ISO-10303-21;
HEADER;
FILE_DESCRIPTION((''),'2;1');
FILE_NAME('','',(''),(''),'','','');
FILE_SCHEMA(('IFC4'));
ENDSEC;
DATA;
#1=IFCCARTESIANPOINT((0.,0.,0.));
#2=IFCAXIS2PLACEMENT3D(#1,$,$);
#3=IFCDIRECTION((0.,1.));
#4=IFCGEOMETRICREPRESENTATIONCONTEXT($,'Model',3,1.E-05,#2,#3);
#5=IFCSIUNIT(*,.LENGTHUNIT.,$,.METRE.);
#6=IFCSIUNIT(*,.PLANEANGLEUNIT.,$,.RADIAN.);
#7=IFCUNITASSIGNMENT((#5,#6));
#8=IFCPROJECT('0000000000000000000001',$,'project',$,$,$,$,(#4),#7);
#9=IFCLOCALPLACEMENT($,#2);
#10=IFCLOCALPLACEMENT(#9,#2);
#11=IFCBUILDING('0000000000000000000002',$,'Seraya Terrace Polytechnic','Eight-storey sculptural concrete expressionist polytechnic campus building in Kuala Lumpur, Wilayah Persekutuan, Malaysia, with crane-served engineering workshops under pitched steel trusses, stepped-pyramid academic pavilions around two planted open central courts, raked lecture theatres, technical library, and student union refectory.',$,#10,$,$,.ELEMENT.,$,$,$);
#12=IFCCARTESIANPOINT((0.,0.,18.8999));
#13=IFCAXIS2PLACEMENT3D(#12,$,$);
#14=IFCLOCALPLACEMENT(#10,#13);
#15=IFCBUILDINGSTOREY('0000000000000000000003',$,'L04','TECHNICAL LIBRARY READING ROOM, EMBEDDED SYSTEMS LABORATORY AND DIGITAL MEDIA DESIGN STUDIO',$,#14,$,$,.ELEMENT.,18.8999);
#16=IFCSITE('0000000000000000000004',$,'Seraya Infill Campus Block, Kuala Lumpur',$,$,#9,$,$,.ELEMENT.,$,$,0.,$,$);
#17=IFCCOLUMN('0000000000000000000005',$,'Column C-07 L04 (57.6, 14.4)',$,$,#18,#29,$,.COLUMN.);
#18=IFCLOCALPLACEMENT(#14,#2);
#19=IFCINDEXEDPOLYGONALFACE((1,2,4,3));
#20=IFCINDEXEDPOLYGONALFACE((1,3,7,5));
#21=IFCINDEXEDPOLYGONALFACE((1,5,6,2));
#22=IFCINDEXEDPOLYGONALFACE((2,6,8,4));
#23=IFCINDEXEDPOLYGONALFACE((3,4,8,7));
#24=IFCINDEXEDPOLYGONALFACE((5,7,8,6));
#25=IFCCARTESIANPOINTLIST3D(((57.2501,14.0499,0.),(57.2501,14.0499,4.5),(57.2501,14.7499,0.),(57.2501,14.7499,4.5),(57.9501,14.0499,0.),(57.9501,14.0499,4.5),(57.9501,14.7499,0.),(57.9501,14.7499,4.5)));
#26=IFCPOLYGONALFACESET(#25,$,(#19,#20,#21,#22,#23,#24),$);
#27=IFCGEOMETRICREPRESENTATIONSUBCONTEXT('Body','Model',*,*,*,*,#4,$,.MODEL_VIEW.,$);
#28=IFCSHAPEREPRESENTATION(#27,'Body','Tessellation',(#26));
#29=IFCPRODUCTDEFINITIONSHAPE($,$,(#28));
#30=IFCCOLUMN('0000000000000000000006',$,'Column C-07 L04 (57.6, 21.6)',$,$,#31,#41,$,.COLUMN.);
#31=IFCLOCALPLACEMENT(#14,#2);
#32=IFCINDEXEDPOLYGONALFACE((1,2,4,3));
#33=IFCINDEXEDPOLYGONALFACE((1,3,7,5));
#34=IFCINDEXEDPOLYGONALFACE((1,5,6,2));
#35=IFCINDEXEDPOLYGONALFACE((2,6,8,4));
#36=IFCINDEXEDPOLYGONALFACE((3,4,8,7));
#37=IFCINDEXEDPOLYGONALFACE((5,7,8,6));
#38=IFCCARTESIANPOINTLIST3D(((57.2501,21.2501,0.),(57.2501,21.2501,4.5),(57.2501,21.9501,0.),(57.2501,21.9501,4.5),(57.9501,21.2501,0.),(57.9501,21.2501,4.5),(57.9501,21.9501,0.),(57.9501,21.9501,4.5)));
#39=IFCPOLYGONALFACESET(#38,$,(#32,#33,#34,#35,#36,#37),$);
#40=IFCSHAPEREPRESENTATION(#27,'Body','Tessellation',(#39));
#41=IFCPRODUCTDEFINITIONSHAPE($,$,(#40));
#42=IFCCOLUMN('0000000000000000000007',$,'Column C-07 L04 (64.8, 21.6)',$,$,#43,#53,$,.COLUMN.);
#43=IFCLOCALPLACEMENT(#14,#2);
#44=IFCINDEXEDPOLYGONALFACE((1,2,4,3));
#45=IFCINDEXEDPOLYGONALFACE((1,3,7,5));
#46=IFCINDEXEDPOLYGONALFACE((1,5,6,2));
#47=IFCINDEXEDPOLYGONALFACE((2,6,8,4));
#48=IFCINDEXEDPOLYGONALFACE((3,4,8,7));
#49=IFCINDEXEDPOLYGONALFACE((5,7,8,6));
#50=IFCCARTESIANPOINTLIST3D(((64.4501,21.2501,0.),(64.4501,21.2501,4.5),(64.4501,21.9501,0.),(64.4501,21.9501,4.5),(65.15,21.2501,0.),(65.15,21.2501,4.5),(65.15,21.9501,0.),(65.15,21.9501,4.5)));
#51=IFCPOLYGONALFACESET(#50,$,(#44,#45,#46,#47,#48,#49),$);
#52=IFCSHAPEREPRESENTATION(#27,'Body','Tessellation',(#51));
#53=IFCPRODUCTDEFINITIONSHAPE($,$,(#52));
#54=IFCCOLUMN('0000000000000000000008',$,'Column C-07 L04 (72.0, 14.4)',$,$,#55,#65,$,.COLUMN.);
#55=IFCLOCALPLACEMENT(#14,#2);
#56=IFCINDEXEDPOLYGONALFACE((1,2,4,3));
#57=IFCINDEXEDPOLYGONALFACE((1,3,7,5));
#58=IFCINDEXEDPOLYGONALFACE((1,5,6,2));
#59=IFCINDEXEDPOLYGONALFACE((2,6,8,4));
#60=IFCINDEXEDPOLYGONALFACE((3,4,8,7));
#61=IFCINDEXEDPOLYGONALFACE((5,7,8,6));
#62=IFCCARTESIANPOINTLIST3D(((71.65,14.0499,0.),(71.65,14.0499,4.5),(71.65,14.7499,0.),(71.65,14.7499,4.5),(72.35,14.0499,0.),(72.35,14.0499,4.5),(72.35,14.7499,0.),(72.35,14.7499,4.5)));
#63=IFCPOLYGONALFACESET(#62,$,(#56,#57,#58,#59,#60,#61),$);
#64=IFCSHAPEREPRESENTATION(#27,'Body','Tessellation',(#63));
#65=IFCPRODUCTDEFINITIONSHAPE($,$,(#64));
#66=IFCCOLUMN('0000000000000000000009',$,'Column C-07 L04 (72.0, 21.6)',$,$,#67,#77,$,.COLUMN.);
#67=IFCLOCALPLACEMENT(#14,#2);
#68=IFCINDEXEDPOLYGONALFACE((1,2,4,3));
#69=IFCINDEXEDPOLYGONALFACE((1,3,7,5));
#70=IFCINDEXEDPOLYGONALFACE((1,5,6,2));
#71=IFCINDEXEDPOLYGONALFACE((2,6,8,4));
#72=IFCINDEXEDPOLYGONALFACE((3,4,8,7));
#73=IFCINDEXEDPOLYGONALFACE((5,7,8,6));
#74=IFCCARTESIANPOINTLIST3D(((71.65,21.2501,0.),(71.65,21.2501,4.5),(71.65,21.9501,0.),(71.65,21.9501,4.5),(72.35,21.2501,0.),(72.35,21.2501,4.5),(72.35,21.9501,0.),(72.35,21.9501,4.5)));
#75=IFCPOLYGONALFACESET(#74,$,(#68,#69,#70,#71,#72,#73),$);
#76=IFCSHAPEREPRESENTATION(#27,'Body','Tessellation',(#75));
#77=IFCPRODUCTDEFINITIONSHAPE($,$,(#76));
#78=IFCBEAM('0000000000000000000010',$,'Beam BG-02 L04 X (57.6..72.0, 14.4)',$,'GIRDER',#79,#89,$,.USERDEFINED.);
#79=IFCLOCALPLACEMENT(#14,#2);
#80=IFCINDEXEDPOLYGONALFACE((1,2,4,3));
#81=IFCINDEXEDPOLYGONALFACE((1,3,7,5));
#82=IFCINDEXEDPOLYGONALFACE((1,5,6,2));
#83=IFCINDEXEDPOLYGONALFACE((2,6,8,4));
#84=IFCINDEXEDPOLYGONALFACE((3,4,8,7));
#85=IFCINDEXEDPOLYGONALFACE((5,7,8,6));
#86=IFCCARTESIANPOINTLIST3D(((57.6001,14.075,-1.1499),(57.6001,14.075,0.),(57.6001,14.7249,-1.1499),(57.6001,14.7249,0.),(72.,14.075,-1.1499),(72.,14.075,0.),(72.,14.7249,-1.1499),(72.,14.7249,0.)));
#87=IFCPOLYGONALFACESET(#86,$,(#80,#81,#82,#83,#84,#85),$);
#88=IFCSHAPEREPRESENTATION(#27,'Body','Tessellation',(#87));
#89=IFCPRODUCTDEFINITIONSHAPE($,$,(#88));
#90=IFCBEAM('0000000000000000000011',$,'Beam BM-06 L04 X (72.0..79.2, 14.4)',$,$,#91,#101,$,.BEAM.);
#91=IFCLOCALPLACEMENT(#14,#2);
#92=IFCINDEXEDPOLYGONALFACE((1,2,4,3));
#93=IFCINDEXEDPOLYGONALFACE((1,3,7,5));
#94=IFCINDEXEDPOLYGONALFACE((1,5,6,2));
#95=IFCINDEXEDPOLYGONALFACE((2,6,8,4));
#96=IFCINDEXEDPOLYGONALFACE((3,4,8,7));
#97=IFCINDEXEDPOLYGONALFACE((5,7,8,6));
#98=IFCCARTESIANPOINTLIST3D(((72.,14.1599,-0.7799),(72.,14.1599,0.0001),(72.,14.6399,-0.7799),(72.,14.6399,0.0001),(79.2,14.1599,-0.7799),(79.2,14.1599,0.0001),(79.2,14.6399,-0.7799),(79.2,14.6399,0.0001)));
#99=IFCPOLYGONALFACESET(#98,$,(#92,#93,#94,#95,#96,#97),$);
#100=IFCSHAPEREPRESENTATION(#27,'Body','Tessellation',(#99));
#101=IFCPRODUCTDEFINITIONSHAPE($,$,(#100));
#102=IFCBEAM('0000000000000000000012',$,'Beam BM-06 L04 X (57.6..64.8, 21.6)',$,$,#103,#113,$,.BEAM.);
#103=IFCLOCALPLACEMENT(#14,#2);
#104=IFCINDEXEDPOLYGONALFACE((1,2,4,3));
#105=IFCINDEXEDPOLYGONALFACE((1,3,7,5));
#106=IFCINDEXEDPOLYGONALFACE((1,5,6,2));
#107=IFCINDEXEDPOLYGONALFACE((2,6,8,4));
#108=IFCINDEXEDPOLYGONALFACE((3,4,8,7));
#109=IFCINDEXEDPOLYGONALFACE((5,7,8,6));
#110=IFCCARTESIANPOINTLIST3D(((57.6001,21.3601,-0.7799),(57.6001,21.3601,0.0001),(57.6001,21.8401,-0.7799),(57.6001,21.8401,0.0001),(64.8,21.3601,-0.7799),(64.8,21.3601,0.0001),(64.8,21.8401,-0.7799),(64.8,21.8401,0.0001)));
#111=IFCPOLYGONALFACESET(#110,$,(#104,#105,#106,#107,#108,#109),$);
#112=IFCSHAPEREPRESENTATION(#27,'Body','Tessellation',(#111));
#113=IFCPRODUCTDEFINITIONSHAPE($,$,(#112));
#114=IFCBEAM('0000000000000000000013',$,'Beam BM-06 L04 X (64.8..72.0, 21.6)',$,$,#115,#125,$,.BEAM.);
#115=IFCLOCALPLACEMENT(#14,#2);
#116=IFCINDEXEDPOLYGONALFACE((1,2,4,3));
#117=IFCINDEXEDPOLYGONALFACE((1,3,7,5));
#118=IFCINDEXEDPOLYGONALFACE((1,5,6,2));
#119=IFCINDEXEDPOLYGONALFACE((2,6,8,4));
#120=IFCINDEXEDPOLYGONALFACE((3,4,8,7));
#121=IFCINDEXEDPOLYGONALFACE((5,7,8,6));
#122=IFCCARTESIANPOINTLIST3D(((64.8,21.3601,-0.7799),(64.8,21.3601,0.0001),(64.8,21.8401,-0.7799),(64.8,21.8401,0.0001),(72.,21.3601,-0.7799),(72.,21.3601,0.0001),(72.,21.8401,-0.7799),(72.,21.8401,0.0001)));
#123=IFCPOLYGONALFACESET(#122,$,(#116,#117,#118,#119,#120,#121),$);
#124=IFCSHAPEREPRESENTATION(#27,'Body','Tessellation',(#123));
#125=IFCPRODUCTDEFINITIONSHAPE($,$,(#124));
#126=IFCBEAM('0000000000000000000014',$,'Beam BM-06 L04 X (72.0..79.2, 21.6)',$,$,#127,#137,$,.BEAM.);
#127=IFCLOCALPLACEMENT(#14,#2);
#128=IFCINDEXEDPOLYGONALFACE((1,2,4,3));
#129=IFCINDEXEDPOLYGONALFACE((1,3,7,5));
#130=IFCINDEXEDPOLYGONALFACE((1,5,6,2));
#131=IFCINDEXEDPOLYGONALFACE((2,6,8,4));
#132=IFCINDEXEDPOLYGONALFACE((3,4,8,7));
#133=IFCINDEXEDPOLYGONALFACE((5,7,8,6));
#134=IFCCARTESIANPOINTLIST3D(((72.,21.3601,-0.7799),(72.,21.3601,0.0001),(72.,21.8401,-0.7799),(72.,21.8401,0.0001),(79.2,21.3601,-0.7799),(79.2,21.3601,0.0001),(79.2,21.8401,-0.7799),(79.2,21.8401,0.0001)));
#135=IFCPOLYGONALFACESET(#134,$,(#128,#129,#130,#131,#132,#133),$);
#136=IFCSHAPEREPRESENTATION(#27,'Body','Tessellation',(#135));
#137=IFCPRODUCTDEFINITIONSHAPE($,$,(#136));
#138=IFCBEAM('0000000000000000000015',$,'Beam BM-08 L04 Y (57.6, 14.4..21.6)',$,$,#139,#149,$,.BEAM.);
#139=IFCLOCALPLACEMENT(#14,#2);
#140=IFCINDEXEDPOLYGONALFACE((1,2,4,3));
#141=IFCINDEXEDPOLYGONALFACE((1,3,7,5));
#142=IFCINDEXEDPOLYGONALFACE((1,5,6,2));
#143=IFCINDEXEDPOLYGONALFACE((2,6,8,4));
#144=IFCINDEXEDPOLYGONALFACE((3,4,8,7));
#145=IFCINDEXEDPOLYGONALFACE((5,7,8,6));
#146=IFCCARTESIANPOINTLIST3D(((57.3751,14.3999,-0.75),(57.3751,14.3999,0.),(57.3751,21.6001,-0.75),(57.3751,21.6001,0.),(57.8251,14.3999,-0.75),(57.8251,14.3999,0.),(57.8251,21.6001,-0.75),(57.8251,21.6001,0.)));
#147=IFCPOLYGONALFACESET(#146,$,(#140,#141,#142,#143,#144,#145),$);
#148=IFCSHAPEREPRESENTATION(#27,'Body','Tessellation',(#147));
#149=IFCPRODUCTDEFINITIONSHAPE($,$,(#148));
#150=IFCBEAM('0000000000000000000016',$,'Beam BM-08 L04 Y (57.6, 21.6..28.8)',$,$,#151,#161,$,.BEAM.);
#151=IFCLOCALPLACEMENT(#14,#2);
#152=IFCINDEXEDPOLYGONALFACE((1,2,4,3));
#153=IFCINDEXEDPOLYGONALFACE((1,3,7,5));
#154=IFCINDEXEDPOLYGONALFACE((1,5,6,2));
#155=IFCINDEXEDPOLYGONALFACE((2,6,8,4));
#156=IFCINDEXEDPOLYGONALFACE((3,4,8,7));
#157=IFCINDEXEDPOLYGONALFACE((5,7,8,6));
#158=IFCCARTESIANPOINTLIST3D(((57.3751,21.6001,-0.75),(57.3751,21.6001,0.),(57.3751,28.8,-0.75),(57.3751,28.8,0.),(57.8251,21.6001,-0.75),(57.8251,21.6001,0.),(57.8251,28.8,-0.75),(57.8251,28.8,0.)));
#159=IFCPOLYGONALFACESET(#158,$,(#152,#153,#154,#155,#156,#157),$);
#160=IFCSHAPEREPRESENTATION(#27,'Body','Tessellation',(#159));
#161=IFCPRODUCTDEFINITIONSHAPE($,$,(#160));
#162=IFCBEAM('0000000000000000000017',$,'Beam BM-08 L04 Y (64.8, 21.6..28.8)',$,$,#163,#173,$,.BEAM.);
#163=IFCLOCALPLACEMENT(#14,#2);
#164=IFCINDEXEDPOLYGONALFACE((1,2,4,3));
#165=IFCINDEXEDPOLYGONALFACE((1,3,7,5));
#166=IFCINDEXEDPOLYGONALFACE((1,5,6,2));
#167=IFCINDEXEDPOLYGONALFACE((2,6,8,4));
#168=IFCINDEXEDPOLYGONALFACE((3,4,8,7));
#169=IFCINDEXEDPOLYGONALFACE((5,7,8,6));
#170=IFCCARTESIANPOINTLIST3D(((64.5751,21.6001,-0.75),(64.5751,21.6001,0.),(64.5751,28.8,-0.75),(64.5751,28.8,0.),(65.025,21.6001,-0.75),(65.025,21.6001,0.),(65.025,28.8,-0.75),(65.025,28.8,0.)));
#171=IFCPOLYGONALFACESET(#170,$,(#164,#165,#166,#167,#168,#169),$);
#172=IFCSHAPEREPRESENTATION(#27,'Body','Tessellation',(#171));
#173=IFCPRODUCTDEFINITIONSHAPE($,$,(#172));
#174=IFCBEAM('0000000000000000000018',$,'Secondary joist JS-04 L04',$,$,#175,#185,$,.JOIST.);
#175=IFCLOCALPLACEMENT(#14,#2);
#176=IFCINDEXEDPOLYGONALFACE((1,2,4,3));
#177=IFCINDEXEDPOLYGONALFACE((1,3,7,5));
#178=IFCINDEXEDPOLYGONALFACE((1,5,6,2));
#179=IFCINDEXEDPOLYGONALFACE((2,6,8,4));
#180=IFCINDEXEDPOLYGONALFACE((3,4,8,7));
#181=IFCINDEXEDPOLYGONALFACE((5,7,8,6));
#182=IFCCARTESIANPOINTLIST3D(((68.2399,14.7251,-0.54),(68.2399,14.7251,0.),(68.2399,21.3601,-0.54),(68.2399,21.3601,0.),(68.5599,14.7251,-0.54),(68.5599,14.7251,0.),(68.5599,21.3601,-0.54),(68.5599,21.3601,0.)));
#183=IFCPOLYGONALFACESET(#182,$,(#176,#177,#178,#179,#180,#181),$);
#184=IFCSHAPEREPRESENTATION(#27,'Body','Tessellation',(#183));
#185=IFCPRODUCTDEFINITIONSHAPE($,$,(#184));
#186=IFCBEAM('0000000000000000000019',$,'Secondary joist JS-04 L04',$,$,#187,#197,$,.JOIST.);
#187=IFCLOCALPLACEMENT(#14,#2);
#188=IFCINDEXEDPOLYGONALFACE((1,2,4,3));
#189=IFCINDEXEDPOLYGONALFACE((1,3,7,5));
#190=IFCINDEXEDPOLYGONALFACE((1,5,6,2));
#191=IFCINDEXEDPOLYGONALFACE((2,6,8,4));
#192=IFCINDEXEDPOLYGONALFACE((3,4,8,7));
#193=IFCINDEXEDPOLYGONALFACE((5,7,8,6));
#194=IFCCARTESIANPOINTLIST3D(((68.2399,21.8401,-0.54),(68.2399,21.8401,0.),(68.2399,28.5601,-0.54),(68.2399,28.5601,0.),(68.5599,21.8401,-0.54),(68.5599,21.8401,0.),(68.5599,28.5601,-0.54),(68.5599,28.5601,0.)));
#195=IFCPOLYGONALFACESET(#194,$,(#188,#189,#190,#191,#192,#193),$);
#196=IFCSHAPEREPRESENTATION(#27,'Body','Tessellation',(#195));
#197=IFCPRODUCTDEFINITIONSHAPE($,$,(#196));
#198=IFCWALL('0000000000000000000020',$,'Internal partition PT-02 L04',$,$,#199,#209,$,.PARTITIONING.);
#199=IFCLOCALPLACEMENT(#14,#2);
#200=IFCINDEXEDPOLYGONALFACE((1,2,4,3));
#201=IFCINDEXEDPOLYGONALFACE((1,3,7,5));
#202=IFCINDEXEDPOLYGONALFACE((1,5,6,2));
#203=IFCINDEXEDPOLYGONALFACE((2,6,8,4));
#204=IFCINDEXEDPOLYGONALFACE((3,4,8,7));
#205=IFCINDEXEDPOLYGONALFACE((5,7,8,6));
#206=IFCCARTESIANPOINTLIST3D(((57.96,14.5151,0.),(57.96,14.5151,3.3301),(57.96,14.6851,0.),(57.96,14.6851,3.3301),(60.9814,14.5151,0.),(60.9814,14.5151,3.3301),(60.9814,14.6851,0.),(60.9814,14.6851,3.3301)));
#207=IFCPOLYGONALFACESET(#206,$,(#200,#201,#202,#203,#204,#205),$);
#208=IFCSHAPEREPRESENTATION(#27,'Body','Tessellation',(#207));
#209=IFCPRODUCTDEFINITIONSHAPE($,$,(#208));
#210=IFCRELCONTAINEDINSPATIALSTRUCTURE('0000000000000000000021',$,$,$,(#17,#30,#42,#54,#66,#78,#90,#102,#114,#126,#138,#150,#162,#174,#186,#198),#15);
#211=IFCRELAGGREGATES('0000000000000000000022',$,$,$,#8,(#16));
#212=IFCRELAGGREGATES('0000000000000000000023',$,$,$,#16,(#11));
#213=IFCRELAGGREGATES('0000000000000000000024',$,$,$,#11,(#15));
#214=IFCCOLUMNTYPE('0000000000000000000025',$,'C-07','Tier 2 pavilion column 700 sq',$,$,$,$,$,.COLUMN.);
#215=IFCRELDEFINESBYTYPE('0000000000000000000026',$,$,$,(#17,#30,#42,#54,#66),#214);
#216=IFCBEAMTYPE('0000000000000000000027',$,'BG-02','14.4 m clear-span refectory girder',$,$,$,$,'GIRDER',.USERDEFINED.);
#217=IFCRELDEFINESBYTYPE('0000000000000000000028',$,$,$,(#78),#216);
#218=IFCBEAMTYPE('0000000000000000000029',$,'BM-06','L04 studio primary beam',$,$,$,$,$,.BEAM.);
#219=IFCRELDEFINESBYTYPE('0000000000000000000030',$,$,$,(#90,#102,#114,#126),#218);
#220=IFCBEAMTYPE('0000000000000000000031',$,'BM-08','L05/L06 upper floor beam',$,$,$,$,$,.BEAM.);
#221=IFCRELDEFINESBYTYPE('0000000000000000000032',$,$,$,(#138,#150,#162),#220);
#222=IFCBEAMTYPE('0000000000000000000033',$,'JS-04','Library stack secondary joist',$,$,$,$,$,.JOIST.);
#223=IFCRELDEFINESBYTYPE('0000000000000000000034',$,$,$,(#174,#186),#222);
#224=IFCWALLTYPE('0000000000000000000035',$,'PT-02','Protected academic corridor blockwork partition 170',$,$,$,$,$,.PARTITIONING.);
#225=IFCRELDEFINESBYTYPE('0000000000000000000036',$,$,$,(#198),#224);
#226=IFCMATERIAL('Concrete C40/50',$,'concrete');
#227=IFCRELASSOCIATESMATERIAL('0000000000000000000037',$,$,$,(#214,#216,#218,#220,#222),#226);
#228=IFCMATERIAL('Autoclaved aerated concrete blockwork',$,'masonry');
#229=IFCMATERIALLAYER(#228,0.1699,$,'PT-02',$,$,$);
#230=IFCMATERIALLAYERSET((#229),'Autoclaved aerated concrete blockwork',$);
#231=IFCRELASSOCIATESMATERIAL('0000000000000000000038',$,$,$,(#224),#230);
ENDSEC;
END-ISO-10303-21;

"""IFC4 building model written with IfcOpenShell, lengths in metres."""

from ifc_helpers import new_model, si_unit, direction, frame, frame_2d, origin, origin_2d, place, context, subcontext, project, spatial, rectangle, extrude, material, layer, layer_set, material_profile, profile_set, type_object, element, save


model = new_model("IFC4")

# Units and contexts
model_context = context("Model", 3, precision=1e-05, world=origin(), true_north=direction((0.0, 1.0)))
body_context = subcontext(model_context, "Body", "Model", "MODEL_VIEW")
ifc_project = project(units=[si_unit("LENGTHUNIT", "METRE"), si_unit("PLANEANGLEUNIT", "RADIAN")], contexts=[model_context])

# Site, building, storey
site_placement = place(None, origin())
site = spatial("IfcSite", under=ifc_project, at=site_placement, Name="Seraya Infill Campus Block, Kuala Lumpur", CompositionType="ELEMENT", RefElevation=0.0)
building_placement = place(site_placement, origin())
building = spatial("IfcBuilding", under=site, at=building_placement, Name="Seraya Terrace Polytechnic", Description="Eight-storey sculptural concrete expressionist polytechnic campus building in Kuala Lumpur, Wilayah Persekutuan, Malaysia, with crane-served engineering workshops under pitched steel trusses, stepped-pyramid academic pavilions around two planted open central courts, raked lecture theatres, technical library, and student union refectory.", CompositionType="ELEMENT")
storey_placement = place(building_placement, frame((0.0, 0.0, 18.8999)))
storey = spatial("IfcBuildingStorey", under=building, at=storey_placement, Name="L04", Description="TECHNICAL LIBRARY READING ROOM, EMBEDDED SYSTEMS LABORATORY AND DIGITAL MEDIA DESIGN STUDIO", CompositionType="ELEMENT", Elevation=18.8999)

# Columns
ifc_material_1 = material(Name="Concrete C40/50", Category="concrete")
ifc_material_profile_1 = material_profile(ifc_material_1, rectangle(XDim=0.7, YDim=0.7, at=origin_2d()), Name="RC 700x700")
ifc_profile_set_1 = profile_set([ifc_material_profile_1], Name="Concrete C40/50")
column_type = type_object("IfcColumnType", Name="C-07", Description="Tier 2 pavilion column 700 sq", PredefinedType="COLUMN", material=ifc_profile_set_1)
for number, where, z_axis, x_axis, name in (
    (1, (57.6001, 14.3999, 0.0), (0.0, 0.0, 1.0), (1.0, 0.0, 0.0), "Column C-07 L04 (57.6, 14.4)"),
    (2, (57.6001, 21.6001, 0.0), (0.0, 0.0, 1.0), (1.0, 0.0, 0.0), "Column C-07 L04 (57.6, 21.6)"),
    (3, (64.8, 21.6001, 0.0), (0.0, 0.0, 1.0), (1.0, 0.0, 0.0), "Column C-07 L04 (64.8, 21.6)"),
    (4, (72.0, 14.3999, 0.0), (0.0, 0.0, 1.0), (1.0, 0.0, 0.0), "Column C-07 L04 (72.0, 14.4)"),
    (5, (72.0, 21.6001, 0.0), (0.0, 0.0, 1.0), (1.0, 0.0, 0.0), "Column C-07 L04 (72.0, 21.6)"),
):
    element("IfcColumn", number, at=place(storey_placement, frame(where, z_axis=z_axis, x_axis=x_axis)), inside=storey, type_object=column_type, Name=name, PredefinedType="COLUMN", context=body_context, shape_type="SweptSolid", body=[
        extrude(rectangle(XDim=0.7, YDim=0.7, at=origin_2d()), origin(), (0.0, 0.0, 1.0), 4.5),
    ])

# Beams
ifc_material_profile_2 = material_profile(ifc_material_1, rectangle(XDim=0.6499, YDim=1.1499, at=origin_2d()), Name="RC 650x1150")
ifc_profile_set_2 = profile_set([ifc_material_profile_2], Name="Concrete C40/50")
beam_type_1 = type_object("IfcBeamType", Name="BG-02", Description="14.4 m clear-span refectory girder", ElementType="GIRDER", PredefinedType="USERDEFINED", material=ifc_profile_set_2)
beam_1_placement = place(storey_placement, frame((57.6001, 14.3999, -0.575), z_axis=(1.0, 0.0, 0.0), x_axis=(0.0, 1.0, 0.0)))
element("IfcBeam", 6, at=beam_1_placement, inside=storey, type_object=beam_type_1, Name="Beam BG-02 L04 X (57.6..72.0, 14.4)", ObjectType="GIRDER", PredefinedType="USERDEFINED", context=body_context, shape_type="SweptSolid", body=[
    extrude(rectangle(XDim=0.6499, YDim=1.1499, at=origin_2d()), origin(), (0.0, 0.0, 1.0), 14.3999),
])
ifc_material_profile_3 = material_profile(ifc_material_1, rectangle(XDim=0.48, YDim=0.78, at=origin_2d()), Name="RC 480x780")
ifc_profile_set_3 = profile_set([ifc_material_profile_3], Name="Concrete C40/50")
beam_type_2 = type_object("IfcBeamType", Name="BM-06", Description="L04 studio primary beam", PredefinedType="BEAM", material=ifc_profile_set_3)
for number, where, z_axis, x_axis, name in (
    (7, (72.0, 14.3999, -0.3899), (1.0, 0.0, 0.0), (0.0, 1.0, 0.0), "Beam BM-06 L04 X (72.0..79.2, 14.4)"),
    (8, (57.6001, 21.6001, -0.3899), (1.0, 0.0, 0.0), (0.0, 1.0, 0.0), "Beam BM-06 L04 X (57.6..64.8, 21.6)"),
    (9, (64.8, 21.6001, -0.3899), (1.0, 0.0, 0.0), (0.0, 1.0, 0.0), "Beam BM-06 L04 X (64.8..72.0, 21.6)"),
    (10, (72.0, 21.6001, -0.3899), (1.0, 0.0, 0.0), (0.0, 1.0, 0.0), "Beam BM-06 L04 X (72.0..79.2, 21.6)"),
):
    element("IfcBeam", number, at=place(storey_placement, frame(where, z_axis=z_axis, x_axis=x_axis)), inside=storey, type_object=beam_type_2, Name=name, PredefinedType="BEAM", context=body_context, shape_type="SweptSolid", body=[
        extrude(rectangle(XDim=0.48, YDim=0.78, at=origin_2d()), origin(), (0.0, 0.0, 1.0), 7.2),
    ])
ifc_material_profile_4 = material_profile(ifc_material_1, rectangle(XDim=0.45, YDim=0.75, at=origin_2d()), Name="RC 450x750")
ifc_profile_set_4 = profile_set([ifc_material_profile_4], Name="Concrete C40/50")
beam_type_3 = type_object("IfcBeamType", Name="BM-08", Description="L05/L06 upper floor beam", PredefinedType="BEAM", material=ifc_profile_set_4)
beam_2_placement = place(storey_placement, frame((57.6001, 14.3999, -0.375), z_axis=(0.0, 1.0, 0.0), x_axis=(-1.0, 0.0, 0.0)))
element("IfcBeam", 11, at=beam_2_placement, inside=storey, type_object=beam_type_3, Name="Beam BM-08 L04 Y (57.6, 14.4..21.6)", PredefinedType="BEAM", context=body_context, shape_type="SweptSolid", body=[
    extrude(rectangle(XDim=0.45, YDim=0.75, at=origin_2d()), origin(), (0.0, 0.0, 1.0), 7.2002),
])
for number, where, z_axis, x_axis, name in (
    (12, (57.6001, 21.6001, -0.375), (0.0, 1.0, 0.0), (-1.0, 0.0, 0.0), "Beam BM-08 L04 Y (57.6, 21.6..28.8)"),
    (13, (64.8, 21.6001, -0.375), (0.0, 1.0, 0.0), (-1.0, 0.0, 0.0), "Beam BM-08 L04 Y (64.8, 21.6..28.8)"),
):
    element("IfcBeam", number, at=place(storey_placement, frame(where, z_axis=z_axis, x_axis=x_axis)), inside=storey, type_object=beam_type_3, Name=name, PredefinedType="BEAM", context=body_context, shape_type="SweptSolid", body=[
        extrude(rectangle(XDim=0.45, YDim=0.75, at=origin_2d()), origin(), (0.0, 0.0, 1.0), 7.2),
    ])
ifc_material_profile_5 = material_profile(ifc_material_1, rectangle(XDim=0.3201, YDim=0.54, at=origin_2d()), Name="RC 320x540")
ifc_profile_set_5 = profile_set([ifc_material_profile_5], Name="Concrete C40/50")
beam_type_4 = type_object("IfcBeamType", Name="JS-04", Description="Library stack secondary joist", PredefinedType="JOIST", material=ifc_profile_set_5)
beam_3_placement = place(storey_placement, frame((68.3999, 14.7251, -0.27), z_axis=(0.0, 1.0, 0.0), x_axis=(-1.0, 0.0, 0.0)))
element("IfcBeam", 14, at=beam_3_placement, inside=storey, type_object=beam_type_4, Name="Secondary joist JS-04 L04", PredefinedType="JOIST", context=body_context, shape_type="SweptSolid", body=[
    extrude(rectangle(XDim=0.3201, YDim=0.54, at=origin_2d()), origin(), (0.0, 0.0, 1.0), 6.635),
])
beam_4_placement = place(storey_placement, frame((68.3999, 21.8401, -0.27), z_axis=(0.0, 1.0, 0.0), x_axis=(-1.0, 0.0, 0.0)))
element("IfcBeam", 15, at=beam_4_placement, inside=storey, type_object=beam_type_4, Name="Secondary joist JS-04 L04", PredefinedType="JOIST", context=body_context, shape_type="SweptSolid", body=[
    extrude(rectangle(XDim=0.3201, YDim=0.54, at=origin_2d()), origin(), (0.0, 0.0, 1.0), 6.72),
])

# Wall
ifc_material_2 = material(Name="Autoclaved aerated concrete blockwork", Category="masonry")
ifc_layer_1 = layer(ifc_material_2, 0.1699, Name="PT-02")
ifc_layer_set_1 = layer_set([ifc_layer_1], Name="Autoclaved aerated concrete blockwork")
wall_type_1 = type_object("IfcWallType", Name="PT-02", Description="Protected academic corridor blockwork partition 170", PredefinedType="PARTITIONING", material=ifc_layer_set_1)
wall_1_placement = place(storey_placement, frame((57.96, 14.6001, 0.0), z_axis=(0.0, 0.0, 1.0), x_axis=(1.0, 0.0, 0.0)))
element("IfcWall", 16, at=wall_1_placement, inside=storey, type_object=wall_type_1, Name="Internal partition PT-02 L04", PredefinedType="PARTITIONING", context=body_context, shape_type="SweptSolid", body=[
    extrude(rectangle(XDim=3.0215, YDim=0.1699, at=frame_2d((1.5107, 0.0))), origin(), (0.0, 0.0, 1.0), 3.3301),
])

save(model, "model.ifc")
